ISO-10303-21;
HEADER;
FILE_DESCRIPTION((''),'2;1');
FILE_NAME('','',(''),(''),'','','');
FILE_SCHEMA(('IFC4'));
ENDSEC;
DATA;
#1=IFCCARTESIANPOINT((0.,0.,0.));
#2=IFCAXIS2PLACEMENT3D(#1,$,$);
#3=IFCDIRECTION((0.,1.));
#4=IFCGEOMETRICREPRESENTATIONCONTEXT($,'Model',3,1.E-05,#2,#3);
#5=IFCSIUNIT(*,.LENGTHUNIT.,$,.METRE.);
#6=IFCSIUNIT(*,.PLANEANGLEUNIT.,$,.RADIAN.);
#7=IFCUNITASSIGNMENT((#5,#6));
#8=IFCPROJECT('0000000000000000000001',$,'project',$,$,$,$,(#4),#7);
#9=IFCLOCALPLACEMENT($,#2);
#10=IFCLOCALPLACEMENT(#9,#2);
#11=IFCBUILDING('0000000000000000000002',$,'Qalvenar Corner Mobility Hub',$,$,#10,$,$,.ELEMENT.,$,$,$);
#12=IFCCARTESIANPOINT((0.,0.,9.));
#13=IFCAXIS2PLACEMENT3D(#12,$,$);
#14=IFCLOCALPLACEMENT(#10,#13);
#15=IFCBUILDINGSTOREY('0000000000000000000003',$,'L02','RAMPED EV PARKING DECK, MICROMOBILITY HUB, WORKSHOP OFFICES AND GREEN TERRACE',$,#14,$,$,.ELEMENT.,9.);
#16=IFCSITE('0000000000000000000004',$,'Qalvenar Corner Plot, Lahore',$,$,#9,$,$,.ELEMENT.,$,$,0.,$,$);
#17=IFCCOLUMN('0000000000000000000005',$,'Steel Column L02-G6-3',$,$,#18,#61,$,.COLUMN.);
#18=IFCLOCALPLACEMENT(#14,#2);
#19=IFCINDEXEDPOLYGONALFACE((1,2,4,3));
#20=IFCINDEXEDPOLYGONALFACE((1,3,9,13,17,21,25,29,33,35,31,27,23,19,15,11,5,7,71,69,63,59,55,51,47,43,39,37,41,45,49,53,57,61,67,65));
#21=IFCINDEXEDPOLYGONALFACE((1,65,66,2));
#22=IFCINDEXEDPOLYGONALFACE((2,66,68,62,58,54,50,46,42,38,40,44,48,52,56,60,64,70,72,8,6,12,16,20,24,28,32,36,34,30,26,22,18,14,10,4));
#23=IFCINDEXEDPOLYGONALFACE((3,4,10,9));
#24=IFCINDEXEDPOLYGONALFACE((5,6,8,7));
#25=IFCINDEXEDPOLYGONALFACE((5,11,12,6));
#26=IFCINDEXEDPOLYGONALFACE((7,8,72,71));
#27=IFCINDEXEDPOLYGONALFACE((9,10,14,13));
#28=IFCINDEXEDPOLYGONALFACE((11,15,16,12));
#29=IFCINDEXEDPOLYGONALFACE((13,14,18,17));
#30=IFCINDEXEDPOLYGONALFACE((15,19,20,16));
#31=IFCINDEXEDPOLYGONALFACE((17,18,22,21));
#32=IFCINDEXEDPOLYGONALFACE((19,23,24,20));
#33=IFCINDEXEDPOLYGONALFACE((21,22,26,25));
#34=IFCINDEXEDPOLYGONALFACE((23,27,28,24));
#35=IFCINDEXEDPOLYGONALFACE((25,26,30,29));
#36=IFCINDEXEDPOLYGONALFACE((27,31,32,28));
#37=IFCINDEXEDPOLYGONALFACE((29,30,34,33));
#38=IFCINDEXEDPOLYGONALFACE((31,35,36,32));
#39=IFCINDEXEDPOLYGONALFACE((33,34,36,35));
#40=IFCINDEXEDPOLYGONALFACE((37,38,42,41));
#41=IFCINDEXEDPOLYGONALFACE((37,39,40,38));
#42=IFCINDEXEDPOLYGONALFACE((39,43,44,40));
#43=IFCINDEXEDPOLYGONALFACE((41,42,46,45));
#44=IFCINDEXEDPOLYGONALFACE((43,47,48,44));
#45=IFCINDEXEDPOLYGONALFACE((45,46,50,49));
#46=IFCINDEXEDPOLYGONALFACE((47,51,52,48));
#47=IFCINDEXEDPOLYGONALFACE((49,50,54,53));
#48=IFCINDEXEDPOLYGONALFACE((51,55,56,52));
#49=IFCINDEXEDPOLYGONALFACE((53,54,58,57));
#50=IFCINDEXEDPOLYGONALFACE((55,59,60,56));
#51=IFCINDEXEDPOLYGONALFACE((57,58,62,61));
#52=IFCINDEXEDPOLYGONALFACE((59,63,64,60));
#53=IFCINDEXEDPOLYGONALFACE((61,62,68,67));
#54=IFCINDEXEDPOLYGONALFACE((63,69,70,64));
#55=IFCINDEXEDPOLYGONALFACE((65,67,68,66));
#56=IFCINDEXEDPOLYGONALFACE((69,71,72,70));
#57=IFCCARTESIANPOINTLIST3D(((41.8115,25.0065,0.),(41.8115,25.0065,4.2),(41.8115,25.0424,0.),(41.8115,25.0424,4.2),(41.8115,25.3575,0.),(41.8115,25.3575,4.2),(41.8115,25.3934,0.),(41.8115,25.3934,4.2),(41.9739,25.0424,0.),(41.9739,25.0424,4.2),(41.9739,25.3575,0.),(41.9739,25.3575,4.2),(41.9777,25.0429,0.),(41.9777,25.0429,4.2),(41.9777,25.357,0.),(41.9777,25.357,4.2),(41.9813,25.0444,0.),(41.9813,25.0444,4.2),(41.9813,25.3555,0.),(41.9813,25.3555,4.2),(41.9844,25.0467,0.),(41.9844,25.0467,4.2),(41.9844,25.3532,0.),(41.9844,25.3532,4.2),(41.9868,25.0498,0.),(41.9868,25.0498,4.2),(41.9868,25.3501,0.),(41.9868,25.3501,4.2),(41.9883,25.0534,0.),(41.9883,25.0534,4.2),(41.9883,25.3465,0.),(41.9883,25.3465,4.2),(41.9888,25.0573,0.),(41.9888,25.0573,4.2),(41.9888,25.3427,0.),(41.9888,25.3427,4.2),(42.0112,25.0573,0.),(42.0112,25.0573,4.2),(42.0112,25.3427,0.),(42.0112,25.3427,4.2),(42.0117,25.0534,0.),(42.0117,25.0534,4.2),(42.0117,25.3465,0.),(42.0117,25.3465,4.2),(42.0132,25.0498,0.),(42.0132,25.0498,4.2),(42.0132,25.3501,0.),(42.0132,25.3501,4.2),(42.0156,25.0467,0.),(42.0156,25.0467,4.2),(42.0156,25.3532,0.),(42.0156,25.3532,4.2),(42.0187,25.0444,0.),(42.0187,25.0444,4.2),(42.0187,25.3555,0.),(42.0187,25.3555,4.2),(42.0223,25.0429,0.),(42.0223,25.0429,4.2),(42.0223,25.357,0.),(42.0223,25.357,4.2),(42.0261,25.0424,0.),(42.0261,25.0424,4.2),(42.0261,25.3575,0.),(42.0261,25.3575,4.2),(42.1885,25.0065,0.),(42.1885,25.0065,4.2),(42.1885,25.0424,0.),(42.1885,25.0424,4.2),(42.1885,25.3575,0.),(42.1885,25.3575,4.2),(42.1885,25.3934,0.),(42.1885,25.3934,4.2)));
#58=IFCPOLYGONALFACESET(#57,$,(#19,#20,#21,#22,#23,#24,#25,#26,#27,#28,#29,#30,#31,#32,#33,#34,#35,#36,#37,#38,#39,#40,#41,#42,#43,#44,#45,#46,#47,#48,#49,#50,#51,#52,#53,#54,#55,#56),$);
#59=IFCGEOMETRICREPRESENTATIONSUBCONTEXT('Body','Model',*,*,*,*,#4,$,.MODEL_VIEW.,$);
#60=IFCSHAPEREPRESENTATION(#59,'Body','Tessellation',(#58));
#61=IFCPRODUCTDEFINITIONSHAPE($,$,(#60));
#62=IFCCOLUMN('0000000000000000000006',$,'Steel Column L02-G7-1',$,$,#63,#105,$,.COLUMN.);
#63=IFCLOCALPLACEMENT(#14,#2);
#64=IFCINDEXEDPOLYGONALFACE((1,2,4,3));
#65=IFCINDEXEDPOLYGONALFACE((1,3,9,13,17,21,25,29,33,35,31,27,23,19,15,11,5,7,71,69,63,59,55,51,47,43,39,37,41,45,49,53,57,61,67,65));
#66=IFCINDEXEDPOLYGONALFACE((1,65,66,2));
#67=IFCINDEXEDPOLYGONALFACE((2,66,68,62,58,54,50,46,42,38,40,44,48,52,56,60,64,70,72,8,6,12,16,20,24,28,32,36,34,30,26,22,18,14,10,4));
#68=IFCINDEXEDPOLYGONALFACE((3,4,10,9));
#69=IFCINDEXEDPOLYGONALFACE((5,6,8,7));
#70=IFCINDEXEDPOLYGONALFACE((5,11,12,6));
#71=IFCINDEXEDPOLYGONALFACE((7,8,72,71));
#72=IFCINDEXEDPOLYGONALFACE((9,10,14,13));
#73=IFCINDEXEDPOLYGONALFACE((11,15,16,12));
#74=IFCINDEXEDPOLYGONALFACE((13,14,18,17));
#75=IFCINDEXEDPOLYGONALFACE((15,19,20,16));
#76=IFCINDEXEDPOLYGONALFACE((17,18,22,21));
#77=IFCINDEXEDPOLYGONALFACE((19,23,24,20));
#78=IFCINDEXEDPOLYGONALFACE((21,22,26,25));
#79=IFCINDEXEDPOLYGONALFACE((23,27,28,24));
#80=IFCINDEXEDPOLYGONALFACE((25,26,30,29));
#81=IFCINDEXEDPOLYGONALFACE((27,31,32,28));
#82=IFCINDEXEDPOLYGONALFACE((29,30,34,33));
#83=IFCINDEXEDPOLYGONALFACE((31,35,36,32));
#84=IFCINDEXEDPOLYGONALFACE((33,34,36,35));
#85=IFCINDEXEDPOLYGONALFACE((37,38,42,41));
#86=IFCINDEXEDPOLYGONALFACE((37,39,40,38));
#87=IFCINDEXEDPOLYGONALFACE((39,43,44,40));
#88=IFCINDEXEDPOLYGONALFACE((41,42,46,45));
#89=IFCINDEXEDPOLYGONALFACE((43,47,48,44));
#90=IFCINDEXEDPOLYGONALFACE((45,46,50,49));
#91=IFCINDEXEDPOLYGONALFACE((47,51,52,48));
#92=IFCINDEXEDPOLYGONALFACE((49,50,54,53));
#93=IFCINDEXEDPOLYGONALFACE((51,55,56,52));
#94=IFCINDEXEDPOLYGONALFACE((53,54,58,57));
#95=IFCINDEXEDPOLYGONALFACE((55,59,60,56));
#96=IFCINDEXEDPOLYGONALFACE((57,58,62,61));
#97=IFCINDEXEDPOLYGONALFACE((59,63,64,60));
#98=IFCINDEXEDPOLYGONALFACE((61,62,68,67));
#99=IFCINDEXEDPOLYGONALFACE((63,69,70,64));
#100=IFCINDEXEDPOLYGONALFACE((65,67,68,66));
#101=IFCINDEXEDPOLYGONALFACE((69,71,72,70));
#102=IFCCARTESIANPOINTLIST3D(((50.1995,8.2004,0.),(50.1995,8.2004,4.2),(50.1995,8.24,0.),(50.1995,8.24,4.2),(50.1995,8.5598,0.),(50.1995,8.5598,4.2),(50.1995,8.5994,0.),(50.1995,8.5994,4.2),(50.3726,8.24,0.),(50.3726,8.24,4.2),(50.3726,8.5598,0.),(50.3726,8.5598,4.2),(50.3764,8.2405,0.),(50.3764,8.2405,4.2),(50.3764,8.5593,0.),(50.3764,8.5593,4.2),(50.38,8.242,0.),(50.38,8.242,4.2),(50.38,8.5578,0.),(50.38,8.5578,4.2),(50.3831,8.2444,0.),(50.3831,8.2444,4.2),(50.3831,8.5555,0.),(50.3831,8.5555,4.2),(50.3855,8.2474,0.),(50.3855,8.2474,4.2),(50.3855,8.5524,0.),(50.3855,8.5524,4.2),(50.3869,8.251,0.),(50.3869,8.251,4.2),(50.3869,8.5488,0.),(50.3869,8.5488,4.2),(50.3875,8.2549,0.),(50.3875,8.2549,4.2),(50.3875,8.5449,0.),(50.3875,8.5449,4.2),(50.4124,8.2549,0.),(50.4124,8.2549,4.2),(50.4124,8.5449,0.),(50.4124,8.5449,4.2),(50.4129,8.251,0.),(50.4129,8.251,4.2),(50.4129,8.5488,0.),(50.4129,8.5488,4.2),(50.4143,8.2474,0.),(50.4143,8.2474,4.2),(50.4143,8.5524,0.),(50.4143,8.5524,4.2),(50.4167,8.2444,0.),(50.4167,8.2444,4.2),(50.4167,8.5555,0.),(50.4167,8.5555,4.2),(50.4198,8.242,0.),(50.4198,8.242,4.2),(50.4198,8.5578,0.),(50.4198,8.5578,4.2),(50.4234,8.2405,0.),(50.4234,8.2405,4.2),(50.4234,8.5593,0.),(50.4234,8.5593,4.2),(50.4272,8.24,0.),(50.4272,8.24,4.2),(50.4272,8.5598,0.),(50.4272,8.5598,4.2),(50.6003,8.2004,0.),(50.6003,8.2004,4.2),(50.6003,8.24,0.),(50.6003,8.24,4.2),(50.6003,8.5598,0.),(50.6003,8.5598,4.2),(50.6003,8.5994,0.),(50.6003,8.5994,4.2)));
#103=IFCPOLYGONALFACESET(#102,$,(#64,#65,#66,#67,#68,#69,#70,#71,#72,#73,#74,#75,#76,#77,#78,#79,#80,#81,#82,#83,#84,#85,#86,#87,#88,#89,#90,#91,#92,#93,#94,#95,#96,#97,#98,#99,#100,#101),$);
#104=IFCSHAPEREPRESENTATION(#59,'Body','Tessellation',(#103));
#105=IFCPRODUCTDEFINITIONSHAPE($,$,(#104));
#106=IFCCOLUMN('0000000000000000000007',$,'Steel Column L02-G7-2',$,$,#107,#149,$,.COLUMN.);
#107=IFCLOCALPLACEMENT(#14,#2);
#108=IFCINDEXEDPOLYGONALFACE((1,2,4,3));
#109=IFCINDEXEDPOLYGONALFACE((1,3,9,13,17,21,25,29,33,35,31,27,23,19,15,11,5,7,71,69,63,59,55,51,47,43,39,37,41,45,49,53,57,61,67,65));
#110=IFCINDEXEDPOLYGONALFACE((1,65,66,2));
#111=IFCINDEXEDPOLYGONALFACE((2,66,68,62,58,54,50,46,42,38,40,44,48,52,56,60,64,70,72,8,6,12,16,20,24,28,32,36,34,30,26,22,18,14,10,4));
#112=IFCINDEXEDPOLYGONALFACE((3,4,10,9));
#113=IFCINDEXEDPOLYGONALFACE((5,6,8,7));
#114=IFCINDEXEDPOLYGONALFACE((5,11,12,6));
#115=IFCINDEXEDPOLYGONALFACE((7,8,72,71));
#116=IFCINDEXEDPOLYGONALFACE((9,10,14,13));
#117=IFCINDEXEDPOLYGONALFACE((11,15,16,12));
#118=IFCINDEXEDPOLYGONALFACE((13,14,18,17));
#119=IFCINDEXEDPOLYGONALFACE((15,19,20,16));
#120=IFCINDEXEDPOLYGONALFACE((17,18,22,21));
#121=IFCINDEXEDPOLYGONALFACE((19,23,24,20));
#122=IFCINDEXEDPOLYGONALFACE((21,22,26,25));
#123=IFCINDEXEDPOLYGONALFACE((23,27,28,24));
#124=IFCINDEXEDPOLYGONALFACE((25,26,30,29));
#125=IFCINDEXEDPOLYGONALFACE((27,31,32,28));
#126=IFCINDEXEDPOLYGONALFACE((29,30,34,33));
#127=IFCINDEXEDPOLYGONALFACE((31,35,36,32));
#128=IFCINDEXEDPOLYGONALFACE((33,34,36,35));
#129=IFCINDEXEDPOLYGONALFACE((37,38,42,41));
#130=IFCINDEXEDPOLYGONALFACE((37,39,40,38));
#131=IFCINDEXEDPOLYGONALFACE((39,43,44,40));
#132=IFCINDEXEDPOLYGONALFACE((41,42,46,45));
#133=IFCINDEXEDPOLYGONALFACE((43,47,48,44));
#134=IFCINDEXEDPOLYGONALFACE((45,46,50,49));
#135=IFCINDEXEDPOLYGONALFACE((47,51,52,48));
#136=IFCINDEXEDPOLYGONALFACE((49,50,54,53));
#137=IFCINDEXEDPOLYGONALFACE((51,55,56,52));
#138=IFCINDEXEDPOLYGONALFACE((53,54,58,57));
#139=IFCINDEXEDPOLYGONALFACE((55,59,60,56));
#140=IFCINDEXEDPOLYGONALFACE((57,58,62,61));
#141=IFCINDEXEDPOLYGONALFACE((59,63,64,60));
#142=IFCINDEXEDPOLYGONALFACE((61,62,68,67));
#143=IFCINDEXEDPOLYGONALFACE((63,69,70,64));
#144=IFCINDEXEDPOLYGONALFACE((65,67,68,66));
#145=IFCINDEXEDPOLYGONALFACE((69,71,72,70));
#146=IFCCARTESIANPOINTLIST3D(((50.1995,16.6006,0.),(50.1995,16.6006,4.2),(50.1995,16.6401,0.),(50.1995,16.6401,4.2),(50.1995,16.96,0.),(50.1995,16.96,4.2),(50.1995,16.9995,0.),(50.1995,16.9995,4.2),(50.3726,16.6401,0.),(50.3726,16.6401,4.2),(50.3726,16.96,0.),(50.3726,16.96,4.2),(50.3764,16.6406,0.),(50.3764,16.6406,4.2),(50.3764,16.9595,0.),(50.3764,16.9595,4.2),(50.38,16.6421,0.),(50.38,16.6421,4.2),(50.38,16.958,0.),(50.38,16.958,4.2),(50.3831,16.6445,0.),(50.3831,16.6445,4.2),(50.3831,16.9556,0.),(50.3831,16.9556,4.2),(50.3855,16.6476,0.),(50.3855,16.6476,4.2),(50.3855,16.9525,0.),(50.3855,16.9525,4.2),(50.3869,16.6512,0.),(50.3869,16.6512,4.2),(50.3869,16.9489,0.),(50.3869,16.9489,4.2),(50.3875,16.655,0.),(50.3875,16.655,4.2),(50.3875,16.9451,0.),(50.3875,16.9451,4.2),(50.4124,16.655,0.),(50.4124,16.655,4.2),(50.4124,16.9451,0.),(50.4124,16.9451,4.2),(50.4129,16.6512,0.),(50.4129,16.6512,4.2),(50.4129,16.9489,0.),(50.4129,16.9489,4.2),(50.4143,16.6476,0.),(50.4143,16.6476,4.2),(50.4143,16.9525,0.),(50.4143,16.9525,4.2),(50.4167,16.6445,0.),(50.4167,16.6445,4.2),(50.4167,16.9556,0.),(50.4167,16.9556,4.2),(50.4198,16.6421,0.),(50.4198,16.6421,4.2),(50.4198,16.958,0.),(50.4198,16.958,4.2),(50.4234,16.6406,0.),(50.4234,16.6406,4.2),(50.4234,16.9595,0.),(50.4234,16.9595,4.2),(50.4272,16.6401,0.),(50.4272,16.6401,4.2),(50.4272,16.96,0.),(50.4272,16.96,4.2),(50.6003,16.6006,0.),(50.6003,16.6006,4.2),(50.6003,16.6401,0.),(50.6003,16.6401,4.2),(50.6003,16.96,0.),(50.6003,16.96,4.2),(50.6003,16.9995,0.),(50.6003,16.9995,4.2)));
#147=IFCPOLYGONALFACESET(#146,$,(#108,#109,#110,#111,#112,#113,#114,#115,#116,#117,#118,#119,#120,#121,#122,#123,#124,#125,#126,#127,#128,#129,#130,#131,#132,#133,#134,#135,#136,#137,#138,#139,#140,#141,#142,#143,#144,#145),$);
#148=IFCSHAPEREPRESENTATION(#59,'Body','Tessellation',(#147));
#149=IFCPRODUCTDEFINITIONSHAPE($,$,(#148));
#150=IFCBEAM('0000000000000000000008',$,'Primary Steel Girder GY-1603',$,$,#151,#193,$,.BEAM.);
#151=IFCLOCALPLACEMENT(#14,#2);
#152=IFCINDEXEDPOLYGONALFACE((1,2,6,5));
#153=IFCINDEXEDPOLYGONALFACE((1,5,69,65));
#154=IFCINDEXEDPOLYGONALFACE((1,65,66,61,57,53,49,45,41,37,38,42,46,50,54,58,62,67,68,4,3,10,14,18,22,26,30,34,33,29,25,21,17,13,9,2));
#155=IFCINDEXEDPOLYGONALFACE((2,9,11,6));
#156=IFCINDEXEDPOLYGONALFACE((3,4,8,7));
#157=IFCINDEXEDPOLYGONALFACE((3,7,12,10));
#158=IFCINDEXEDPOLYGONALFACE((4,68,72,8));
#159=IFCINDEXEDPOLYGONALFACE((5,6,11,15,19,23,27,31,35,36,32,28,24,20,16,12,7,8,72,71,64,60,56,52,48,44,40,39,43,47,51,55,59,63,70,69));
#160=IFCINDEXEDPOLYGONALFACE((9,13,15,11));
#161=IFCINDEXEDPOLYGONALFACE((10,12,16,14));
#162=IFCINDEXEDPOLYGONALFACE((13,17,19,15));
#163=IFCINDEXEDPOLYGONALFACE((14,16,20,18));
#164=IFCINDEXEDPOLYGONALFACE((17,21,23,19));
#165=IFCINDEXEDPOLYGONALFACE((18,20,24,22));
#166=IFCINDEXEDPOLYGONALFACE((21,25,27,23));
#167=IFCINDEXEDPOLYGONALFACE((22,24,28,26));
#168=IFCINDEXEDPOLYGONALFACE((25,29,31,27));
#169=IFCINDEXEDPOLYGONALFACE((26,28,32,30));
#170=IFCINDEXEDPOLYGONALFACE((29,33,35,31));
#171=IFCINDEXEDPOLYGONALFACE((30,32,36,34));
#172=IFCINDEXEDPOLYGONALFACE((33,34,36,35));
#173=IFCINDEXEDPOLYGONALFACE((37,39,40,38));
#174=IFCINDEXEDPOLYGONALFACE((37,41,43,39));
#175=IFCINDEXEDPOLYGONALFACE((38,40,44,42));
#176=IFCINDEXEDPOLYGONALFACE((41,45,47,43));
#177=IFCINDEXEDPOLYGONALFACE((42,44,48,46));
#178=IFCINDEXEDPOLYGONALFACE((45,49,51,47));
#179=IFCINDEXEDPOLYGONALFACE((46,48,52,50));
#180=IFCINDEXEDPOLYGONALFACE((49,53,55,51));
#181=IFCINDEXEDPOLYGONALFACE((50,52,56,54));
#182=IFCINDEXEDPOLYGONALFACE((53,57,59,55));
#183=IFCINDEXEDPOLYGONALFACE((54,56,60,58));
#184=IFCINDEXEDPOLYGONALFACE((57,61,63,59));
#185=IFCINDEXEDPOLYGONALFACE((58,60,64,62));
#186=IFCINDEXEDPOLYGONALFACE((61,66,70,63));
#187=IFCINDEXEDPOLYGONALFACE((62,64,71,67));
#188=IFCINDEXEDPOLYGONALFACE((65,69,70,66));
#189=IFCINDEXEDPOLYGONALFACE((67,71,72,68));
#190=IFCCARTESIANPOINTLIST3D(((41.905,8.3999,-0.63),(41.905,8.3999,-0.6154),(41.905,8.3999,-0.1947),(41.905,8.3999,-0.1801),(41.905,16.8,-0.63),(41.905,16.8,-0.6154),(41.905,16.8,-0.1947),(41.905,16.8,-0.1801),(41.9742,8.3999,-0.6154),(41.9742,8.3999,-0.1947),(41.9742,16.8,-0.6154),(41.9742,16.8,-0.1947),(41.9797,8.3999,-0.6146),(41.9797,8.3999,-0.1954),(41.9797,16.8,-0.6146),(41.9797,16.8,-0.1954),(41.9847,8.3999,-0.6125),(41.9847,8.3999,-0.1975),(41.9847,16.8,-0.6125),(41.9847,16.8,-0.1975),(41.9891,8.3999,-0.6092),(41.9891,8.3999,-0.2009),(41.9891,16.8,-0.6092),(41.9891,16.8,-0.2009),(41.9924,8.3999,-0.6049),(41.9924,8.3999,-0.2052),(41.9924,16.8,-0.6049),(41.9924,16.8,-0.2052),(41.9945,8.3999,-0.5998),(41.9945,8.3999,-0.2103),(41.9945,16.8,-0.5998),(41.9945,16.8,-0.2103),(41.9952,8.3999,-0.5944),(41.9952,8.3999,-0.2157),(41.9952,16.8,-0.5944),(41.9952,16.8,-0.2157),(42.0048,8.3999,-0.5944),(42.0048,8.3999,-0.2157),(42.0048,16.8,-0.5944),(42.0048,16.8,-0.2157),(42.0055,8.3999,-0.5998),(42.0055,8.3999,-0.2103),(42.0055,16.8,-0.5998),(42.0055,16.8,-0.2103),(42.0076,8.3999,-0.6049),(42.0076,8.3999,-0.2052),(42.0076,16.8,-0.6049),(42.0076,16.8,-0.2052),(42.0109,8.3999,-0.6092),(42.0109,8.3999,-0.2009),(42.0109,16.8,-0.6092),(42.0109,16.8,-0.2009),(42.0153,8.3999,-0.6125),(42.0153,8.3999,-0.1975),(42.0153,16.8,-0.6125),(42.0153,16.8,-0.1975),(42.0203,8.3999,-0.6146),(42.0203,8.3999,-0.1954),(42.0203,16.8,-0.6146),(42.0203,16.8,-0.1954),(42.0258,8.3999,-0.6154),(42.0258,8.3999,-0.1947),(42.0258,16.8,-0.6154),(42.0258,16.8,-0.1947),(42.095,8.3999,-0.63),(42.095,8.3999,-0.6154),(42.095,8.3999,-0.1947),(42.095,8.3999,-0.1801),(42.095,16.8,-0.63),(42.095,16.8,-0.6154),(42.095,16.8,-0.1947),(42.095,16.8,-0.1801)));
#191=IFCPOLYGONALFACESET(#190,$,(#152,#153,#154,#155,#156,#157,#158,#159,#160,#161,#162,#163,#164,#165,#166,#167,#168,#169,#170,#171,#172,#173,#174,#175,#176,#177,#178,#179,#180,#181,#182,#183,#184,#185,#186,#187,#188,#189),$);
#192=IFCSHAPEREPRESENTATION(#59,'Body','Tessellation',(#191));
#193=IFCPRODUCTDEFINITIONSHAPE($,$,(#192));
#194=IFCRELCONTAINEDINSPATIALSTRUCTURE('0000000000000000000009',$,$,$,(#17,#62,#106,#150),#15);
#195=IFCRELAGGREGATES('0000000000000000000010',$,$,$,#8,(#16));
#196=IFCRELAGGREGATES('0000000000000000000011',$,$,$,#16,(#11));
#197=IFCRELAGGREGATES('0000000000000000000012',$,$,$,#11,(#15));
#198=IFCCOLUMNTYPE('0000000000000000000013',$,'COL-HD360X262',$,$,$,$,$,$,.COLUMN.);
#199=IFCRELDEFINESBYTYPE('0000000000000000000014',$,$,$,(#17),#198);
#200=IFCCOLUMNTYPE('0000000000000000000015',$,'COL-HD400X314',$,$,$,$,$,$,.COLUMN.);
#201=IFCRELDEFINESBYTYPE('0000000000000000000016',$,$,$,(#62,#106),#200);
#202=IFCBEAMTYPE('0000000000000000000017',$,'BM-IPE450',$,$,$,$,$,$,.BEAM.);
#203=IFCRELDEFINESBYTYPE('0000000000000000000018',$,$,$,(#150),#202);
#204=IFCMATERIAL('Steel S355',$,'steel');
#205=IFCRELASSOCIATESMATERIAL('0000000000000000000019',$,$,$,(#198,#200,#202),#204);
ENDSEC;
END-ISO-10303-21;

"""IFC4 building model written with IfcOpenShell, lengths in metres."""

from ifc_helpers import new_model, si_unit, direction, frame, origin, origin_2d, place, context, subcontext, project, spatial, i_section, extrude, material, material_profile, profile_set, type_object, element, save


model = new_model("IFC4")

# Units and contexts
model_context = context("Model", 3, precision=1e-05, world=origin(), true_north=direction((0.0, 1.0)))
body_context = subcontext(model_context, "Body", "Model", "MODEL_VIEW")
ifc_project = project(units=[si_unit("LENGTHUNIT", "METRE"), si_unit("PLANEANGLEUNIT", "RADIAN")], contexts=[model_context])

# Site, building, storey
site_placement = place(None, origin())
site = spatial("IfcSite", under=ifc_project, at=site_placement, Name="Qalvenar Corner Plot, Lahore", CompositionType="ELEMENT", RefElevation=0.0)
building_placement = place(site_placement, origin())
building = spatial("IfcBuilding", under=site, at=building_placement, Name="Qalvenar Corner Mobility Hub", CompositionType="ELEMENT")
storey_placement = place(building_placement, frame((0.0, 0.0, 9.0)))
storey = spatial("IfcBuildingStorey", under=building, at=storey_placement, Name="L02", Description="RAMPED EV PARKING DECK, MICROMOBILITY HUB, WORKSHOP OFFICES AND GREEN TERRACE", CompositionType="ELEMENT", Elevation=9.0)

# Columns
ifc_material_1 = material(Name="Steel S355", Category="steel")
ifc_material_profile_1 = material_profile(ifc_material_1, i_section(OverallWidth=0.377, OverallDepth=0.387, WebThickness=0.0225, FlangeThickness=0.0359, FilletRadius=0.0149, at=origin_2d()), Name="HD360x262")
ifc_profile_set_1 = profile_set([ifc_material_profile_1], Name="Steel S355")
column_type_1 = type_object("IfcColumnType", Name="COL-HD360X262", PredefinedType="COLUMN", material=ifc_profile_set_1)
column_placement = place(storey_placement, frame((42.0, 25.2, 0.0), z_axis=(0.0, 0.0, 1.0), x_axis=(1.0, 0.0, 0.0)))
element("IfcColumn", 1, at=column_placement, inside=storey, type_object=column_type_1, Name="Steel Column L02-G6-3", PredefinedType="COLUMN", context=body_context, shape_type="SweptSolid", body=[
    extrude(i_section(OverallWidth=0.377, OverallDepth=0.387, WebThickness=0.0225, FlangeThickness=0.0359, FilletRadius=0.0149, at=origin_2d()), origin(), (0.0, 0.0, 1.0), 4.2),
])
ifc_material_profile_2 = material_profile(ifc_material_1, i_section(OverallWidth=0.4009, OverallDepth=0.3989, WebThickness=0.0249, FlangeThickness=0.0396, FilletRadius=0.0149, at=origin_2d()), Name="HD400x314")
ifc_profile_set_2 = profile_set([ifc_material_profile_2], Name="Steel S355")
column_type_2 = type_object("IfcColumnType", Name="COL-HD400X314", PredefinedType="COLUMN", material=ifc_profile_set_2)
for number, where, z_axis, x_axis, name in (
    (2, (50.3999, 8.3999, 0.0), (0.0, 0.0, 1.0), (1.0, 0.0, 0.0), "Steel Column L02-G7-1"),
    (3, (50.3999, 16.8, 0.0), (0.0, 0.0, 1.0), (1.0, 0.0, 0.0), "Steel Column L02-G7-2"),
):
    element("IfcColumn", number, at=place(storey_placement, frame(where, z_axis=z_axis, x_axis=x_axis)), inside=storey, type_object=column_type_2, Name=name, PredefinedType="COLUMN", context=body_context, shape_type="SweptSolid", body=[
        extrude(i_section(OverallWidth=0.4009, OverallDepth=0.3989, WebThickness=0.0249, FlangeThickness=0.0396, FilletRadius=0.0149, at=origin_2d()), origin(), (0.0, 0.0, 1.0), 4.2),
    ])

# Beam
ifc_material_profile_3 = material_profile(ifc_material_1, i_section(OverallWidth=0.1899, OverallDepth=0.45, WebThickness=0.0095, FlangeThickness=0.0146, FilletRadius=0.021, at=origin_2d()), Name="IPE450")
ifc_profile_set_3 = profile_set([ifc_material_profile_3], Name="Steel S355")
beam_type_1 = type_object("IfcBeamType", Name="BM-IPE450", PredefinedType="BEAM", material=ifc_profile_set_3)
beam_1_placement = place(storey_placement, frame((42.0, 8.3999, -0.405), z_axis=(0.0, 1.0, 0.0), x_axis=(-1.0, 0.0, 0.0)))
element("IfcBeam", 4, at=beam_1_placement, inside=storey, type_object=beam_type_1, Name="Primary Steel Girder GY-1603", PredefinedType="BEAM", context=body_context, shape_type="SweptSolid", body=[
    extrude(i_section(OverallWidth=0.1899, OverallDepth=0.45, WebThickness=0.0095, FlangeThickness=0.0146, FilletRadius=0.021, at=origin_2d()), origin(), (0.0, 0.0, 1.0), 8.4001),
])

save(model, "model.ifc")
